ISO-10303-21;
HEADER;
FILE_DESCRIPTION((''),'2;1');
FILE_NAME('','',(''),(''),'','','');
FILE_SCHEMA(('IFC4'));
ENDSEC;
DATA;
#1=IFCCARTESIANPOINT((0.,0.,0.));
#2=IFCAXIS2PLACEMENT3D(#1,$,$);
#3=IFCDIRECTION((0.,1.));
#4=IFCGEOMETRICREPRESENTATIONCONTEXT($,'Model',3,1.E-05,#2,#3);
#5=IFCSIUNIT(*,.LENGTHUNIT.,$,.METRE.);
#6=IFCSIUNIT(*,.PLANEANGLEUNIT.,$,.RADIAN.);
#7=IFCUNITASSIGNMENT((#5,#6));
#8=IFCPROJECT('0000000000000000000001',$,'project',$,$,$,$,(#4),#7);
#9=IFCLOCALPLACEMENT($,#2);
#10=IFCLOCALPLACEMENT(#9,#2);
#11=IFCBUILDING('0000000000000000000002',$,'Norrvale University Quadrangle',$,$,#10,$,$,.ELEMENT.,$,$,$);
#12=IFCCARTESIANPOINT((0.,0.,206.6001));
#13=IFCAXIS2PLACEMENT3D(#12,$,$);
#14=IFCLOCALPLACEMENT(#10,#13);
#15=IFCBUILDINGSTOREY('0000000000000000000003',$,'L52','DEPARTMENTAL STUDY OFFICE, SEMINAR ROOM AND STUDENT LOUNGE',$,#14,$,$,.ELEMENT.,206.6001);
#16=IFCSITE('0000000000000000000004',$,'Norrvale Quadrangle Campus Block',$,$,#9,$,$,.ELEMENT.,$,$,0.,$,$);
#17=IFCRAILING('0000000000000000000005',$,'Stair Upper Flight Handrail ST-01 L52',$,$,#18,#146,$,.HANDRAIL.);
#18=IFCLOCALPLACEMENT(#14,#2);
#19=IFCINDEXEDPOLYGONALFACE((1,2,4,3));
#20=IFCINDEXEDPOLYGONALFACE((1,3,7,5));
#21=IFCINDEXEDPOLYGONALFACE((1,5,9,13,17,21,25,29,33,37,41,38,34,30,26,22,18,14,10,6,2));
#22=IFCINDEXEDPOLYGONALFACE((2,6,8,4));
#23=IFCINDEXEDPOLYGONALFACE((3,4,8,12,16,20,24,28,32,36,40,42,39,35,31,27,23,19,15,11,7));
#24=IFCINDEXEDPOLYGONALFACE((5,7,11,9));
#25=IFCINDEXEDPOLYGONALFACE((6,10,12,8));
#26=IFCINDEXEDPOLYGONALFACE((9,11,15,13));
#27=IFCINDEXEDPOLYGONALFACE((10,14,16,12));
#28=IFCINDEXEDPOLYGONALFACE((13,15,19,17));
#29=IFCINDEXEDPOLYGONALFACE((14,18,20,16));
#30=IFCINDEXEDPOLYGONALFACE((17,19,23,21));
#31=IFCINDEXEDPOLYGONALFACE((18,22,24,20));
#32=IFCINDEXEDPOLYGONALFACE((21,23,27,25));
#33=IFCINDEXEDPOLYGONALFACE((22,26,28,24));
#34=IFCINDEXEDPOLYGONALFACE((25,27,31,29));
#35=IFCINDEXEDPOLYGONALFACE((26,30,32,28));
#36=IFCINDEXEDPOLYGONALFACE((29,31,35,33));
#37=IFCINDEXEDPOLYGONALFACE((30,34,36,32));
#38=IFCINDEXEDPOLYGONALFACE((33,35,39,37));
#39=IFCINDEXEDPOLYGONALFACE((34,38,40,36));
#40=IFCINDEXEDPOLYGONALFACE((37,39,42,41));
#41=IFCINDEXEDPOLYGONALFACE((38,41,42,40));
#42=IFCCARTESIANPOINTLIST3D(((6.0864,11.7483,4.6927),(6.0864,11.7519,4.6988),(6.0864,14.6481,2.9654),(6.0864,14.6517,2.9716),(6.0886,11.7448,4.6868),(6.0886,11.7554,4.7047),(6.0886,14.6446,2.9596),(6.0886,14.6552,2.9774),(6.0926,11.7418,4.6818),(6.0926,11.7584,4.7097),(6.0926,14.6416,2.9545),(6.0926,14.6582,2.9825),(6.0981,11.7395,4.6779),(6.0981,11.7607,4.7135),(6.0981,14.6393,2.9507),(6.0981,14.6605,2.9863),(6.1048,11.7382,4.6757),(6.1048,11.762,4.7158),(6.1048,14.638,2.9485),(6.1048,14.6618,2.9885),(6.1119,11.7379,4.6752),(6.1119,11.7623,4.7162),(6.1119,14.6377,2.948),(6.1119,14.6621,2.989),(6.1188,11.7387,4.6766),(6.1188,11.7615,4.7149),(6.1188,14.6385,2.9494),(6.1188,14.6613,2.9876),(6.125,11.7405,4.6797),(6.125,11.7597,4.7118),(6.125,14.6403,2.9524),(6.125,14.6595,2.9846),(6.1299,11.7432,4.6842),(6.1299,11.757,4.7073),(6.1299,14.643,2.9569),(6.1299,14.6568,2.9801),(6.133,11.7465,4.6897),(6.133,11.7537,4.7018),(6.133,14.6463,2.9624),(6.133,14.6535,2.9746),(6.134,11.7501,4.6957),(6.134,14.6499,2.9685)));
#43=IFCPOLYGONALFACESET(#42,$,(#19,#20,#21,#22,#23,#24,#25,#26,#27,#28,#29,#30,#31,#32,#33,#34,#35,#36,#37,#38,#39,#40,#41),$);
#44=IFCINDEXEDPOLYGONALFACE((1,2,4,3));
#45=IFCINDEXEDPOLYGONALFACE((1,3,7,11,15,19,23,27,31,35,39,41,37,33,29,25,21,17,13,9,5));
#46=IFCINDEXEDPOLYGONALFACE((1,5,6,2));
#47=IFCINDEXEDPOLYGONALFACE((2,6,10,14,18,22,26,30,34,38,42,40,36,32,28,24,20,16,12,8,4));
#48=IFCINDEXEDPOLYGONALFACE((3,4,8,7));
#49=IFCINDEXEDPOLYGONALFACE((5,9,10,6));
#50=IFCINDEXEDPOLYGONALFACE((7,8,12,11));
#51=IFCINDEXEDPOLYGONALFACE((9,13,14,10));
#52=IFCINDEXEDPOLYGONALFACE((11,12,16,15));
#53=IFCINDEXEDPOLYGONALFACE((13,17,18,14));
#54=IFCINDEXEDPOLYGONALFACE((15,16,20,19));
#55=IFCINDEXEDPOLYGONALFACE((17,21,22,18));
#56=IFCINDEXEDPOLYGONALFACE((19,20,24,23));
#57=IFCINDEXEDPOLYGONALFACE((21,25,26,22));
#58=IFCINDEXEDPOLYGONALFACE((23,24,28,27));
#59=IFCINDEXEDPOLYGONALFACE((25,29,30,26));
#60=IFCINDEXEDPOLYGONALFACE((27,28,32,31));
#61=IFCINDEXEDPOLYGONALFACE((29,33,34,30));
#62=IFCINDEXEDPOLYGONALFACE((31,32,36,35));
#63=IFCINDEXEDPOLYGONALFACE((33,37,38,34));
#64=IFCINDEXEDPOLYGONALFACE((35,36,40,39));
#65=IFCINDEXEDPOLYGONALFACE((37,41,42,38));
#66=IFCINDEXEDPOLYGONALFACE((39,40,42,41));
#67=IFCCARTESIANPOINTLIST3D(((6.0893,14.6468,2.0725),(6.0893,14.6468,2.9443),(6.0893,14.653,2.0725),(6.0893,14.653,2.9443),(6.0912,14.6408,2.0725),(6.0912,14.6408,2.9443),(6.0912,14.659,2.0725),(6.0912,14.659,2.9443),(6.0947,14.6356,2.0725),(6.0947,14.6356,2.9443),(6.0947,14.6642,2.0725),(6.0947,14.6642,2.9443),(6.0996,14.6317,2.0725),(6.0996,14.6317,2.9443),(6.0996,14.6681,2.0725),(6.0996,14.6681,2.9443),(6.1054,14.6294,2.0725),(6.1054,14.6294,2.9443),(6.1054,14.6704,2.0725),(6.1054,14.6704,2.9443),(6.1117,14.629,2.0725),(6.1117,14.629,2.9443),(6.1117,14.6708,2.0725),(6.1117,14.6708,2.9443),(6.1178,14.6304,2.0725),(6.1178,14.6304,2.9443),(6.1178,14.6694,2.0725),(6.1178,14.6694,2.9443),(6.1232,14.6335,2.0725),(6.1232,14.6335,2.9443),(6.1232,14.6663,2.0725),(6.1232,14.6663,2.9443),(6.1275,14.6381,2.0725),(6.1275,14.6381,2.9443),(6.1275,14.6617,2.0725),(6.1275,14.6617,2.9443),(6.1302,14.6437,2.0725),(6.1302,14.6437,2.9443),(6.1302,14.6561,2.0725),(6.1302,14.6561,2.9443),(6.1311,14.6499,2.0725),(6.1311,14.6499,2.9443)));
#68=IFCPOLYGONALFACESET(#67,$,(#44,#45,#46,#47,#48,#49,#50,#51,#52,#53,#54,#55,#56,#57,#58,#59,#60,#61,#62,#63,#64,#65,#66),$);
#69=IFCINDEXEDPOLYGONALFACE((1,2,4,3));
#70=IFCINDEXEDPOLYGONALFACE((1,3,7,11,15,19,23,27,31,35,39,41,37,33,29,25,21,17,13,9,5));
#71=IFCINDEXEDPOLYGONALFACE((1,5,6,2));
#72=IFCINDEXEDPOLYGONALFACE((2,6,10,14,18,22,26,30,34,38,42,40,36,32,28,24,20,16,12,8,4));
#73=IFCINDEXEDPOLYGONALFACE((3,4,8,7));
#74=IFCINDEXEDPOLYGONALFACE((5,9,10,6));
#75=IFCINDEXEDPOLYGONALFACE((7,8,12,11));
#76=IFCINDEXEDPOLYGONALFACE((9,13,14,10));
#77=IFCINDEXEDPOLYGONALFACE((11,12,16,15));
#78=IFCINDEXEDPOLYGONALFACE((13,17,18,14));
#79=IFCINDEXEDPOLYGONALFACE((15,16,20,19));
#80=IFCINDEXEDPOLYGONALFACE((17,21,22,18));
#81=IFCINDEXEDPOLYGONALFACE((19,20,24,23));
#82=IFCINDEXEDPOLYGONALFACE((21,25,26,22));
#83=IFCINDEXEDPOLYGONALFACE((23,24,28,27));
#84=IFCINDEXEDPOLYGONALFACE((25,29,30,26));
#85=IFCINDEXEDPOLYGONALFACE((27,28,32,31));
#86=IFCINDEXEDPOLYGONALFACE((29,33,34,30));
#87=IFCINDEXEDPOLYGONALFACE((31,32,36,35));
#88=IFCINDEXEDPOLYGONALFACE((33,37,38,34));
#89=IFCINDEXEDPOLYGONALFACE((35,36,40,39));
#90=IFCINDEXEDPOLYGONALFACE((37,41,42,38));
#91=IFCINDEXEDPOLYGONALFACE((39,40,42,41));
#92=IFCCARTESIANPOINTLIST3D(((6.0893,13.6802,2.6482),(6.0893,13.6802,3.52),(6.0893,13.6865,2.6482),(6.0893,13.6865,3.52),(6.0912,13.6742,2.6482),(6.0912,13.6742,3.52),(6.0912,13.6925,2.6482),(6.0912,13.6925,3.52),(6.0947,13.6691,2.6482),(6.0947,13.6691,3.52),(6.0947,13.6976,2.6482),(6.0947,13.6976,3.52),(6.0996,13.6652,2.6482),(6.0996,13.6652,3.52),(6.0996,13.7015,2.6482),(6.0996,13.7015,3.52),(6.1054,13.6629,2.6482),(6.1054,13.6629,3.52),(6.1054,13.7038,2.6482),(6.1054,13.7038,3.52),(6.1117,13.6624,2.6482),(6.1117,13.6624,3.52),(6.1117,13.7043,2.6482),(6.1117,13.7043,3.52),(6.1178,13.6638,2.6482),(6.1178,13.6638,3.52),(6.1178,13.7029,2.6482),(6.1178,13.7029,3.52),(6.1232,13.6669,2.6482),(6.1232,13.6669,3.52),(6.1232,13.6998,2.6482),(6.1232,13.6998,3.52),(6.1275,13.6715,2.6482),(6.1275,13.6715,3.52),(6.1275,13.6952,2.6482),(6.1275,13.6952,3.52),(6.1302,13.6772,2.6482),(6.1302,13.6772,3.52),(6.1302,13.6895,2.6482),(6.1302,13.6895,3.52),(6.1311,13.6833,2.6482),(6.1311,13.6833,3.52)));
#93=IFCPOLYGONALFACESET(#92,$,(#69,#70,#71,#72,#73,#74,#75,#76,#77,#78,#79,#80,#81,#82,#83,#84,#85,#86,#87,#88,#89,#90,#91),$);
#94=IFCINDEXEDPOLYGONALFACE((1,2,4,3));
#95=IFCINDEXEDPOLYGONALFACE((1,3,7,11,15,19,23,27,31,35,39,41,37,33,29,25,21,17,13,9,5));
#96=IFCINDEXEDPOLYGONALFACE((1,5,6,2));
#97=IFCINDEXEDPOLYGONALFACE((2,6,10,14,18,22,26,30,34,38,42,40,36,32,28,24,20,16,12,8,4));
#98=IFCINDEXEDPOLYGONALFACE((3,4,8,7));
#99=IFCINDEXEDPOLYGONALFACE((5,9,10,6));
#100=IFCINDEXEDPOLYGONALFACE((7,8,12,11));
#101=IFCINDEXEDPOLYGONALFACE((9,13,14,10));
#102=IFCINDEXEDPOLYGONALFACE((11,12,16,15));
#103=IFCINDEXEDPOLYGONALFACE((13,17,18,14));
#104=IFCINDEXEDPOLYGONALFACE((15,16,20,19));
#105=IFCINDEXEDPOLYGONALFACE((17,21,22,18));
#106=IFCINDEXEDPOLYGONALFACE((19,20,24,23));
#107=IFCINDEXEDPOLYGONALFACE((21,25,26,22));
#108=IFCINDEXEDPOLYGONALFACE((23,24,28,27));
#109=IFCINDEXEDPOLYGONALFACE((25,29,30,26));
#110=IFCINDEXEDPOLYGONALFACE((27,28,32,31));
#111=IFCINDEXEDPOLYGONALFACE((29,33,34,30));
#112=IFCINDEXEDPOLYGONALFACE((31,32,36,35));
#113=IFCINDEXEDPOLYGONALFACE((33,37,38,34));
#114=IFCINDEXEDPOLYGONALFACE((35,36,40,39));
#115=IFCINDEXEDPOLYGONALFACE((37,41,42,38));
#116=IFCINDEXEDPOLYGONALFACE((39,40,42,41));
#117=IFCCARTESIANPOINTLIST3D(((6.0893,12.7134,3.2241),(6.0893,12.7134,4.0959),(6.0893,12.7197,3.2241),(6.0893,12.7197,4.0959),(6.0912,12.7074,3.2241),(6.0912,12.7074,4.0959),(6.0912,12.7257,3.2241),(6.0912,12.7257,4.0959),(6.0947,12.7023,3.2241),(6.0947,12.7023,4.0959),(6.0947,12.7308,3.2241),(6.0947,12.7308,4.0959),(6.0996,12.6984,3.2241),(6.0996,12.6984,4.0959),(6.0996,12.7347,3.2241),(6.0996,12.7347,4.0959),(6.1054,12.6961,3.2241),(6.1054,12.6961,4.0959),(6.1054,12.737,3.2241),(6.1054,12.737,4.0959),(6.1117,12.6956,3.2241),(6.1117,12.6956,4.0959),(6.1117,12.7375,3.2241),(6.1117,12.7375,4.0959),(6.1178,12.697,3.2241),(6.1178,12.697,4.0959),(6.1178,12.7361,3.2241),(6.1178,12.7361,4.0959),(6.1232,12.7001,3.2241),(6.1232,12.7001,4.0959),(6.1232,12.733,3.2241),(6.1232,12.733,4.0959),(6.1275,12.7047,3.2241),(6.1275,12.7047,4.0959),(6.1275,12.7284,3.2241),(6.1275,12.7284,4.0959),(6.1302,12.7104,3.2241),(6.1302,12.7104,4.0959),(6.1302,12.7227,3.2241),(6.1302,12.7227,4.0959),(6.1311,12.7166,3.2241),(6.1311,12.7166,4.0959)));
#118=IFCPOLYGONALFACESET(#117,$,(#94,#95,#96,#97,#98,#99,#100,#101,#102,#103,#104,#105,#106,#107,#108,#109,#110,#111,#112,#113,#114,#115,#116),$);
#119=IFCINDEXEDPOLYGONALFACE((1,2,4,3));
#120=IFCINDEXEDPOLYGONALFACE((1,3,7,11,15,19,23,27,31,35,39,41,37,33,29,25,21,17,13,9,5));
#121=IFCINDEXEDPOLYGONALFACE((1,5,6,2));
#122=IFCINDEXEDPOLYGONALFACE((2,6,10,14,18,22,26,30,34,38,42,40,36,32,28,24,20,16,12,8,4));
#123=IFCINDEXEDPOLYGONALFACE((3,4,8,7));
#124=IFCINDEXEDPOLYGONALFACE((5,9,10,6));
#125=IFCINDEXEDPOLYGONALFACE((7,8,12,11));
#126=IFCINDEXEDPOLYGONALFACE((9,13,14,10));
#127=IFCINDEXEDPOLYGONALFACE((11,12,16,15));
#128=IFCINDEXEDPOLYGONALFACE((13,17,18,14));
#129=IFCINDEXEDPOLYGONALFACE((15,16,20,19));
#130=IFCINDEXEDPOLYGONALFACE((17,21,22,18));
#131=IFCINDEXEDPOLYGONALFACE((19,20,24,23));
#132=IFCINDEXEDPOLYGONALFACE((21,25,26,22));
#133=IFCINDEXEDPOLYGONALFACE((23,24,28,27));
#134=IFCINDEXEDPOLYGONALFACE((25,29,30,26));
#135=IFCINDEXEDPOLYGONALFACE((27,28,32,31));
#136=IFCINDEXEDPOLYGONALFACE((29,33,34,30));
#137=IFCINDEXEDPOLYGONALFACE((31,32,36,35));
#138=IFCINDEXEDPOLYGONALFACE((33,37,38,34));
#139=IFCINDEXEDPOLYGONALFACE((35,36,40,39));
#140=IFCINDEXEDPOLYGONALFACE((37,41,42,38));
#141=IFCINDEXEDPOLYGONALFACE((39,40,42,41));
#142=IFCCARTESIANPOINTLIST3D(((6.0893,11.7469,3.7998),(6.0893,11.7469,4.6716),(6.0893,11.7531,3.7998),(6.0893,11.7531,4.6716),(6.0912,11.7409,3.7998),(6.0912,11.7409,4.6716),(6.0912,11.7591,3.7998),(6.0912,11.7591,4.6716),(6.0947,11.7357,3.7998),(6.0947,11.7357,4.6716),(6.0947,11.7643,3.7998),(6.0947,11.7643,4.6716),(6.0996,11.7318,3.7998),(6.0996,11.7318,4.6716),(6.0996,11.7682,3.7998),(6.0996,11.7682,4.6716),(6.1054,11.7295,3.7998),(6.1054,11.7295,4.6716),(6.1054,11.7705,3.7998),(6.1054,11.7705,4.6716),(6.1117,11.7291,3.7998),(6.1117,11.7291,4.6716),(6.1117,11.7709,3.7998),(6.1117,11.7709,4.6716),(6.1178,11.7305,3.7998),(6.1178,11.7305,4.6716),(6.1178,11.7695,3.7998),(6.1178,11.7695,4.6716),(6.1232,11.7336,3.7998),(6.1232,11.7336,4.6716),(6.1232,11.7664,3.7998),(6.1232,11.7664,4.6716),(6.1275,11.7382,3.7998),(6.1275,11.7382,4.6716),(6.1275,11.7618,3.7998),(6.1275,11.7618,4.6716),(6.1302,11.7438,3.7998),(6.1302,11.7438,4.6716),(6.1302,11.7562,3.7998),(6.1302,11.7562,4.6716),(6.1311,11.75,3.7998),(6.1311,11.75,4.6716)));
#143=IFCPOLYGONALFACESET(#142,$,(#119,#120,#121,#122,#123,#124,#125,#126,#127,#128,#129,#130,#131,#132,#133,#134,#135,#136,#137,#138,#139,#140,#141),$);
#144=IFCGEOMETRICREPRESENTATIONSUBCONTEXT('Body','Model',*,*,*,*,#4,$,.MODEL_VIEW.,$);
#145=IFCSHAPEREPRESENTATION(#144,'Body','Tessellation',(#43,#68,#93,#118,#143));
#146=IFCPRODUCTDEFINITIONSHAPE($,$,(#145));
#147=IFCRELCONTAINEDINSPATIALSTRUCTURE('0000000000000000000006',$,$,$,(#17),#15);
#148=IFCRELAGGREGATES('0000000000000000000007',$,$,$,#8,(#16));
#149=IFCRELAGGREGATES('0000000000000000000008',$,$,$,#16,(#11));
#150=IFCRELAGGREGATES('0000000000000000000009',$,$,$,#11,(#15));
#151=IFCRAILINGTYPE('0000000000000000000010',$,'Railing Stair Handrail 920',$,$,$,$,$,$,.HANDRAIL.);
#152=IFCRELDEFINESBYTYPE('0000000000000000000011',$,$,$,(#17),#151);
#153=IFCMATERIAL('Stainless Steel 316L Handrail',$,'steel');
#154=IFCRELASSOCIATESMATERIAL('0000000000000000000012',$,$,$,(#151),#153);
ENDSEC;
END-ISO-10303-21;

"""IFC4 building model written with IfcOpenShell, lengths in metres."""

from ifc_helpers import new_model, si_unit, direction, frame, origin, origin_2d, place, context, subcontext, project, spatial, circle, extrude, material, type_object, element, save


model = new_model("IFC4")

# Units and contexts
model_context = context("Model", 3, precision=1e-05, world=origin(), true_north=direction((0.0, 1.0)))
body_context = subcontext(model_context, "Body", "Model", "MODEL_VIEW")
ifc_project = project(units=[si_unit("LENGTHUNIT", "METRE"), si_unit("PLANEANGLEUNIT", "RADIAN")], contexts=[model_context])

# Site, building, storey
site_placement = place(None, origin())
site = spatial("IfcSite", under=ifc_project, at=site_placement, Name="Norrvale Quadrangle Campus Block", CompositionType="ELEMENT", RefElevation=0.0)
building_placement = place(site_placement, origin())
building = spatial("IfcBuilding", under=site, at=building_placement, Name="Norrvale University Quadrangle", CompositionType="ELEMENT")
storey_placement = place(building_placement, frame((0.0, 0.0, 206.6001)))
storey = spatial("IfcBuildingStorey", under=building, at=storey_placement, Name="L52", Description="DEPARTMENTAL STUDY OFFICE, SEMINAR ROOM AND STUDENT LOUNGE", CompositionType="ELEMENT", Elevation=206.6001)

# Railing
ifc_material_1 = material(Name="Stainless Steel 316L Handrail", Category="steel")
railing_type_1 = type_object("IfcRailingType", Name="Railing Stair Handrail 920", PredefinedType="HANDRAIL", material=ifc_material_1)
railing_1_placement = place(storey_placement, frame((6.1101, 14.6499, 2.0725)))
element("IfcRailing", 1, at=railing_1_placement, inside=storey, type_object=railing_type_1, Name="Stair Upper Flight Handrail ST-01 L52", PredefinedType="HANDRAIL", context=body_context, shape_type="SweptSolid", body=[
    extrude(circle(Radius=0.0239, at=origin_2d()), frame((0.0, 0.0, 0.896), z_axis=(0.0, -0.859141, 0.511738), x_axis=(1.0, 0.0, 0.0)), (0.0, 0.0, 1.0), 3.3752),
    extrude(circle(Radius=0.021, at=origin_2d()), origin(), (0.0, 0.0, 1.0), 0.8718),
    extrude(circle(Radius=0.021, at=origin_2d()), frame((0.0, -0.9666, 0.5757)), (0.0, 0.0, 1.0), 0.8718),
    extrude(circle(Radius=0.021, at=origin_2d()), frame((0.0, -1.9333, 1.1516)), (0.0, 0.0, 1.0), 0.8718),
    extrude(circle(Radius=0.021, at=origin_2d()), frame((0.0, -2.8999, 1.7273)), (0.0, 0.0, 1.0), 0.8718),
])

save(model, "model.ifc")
